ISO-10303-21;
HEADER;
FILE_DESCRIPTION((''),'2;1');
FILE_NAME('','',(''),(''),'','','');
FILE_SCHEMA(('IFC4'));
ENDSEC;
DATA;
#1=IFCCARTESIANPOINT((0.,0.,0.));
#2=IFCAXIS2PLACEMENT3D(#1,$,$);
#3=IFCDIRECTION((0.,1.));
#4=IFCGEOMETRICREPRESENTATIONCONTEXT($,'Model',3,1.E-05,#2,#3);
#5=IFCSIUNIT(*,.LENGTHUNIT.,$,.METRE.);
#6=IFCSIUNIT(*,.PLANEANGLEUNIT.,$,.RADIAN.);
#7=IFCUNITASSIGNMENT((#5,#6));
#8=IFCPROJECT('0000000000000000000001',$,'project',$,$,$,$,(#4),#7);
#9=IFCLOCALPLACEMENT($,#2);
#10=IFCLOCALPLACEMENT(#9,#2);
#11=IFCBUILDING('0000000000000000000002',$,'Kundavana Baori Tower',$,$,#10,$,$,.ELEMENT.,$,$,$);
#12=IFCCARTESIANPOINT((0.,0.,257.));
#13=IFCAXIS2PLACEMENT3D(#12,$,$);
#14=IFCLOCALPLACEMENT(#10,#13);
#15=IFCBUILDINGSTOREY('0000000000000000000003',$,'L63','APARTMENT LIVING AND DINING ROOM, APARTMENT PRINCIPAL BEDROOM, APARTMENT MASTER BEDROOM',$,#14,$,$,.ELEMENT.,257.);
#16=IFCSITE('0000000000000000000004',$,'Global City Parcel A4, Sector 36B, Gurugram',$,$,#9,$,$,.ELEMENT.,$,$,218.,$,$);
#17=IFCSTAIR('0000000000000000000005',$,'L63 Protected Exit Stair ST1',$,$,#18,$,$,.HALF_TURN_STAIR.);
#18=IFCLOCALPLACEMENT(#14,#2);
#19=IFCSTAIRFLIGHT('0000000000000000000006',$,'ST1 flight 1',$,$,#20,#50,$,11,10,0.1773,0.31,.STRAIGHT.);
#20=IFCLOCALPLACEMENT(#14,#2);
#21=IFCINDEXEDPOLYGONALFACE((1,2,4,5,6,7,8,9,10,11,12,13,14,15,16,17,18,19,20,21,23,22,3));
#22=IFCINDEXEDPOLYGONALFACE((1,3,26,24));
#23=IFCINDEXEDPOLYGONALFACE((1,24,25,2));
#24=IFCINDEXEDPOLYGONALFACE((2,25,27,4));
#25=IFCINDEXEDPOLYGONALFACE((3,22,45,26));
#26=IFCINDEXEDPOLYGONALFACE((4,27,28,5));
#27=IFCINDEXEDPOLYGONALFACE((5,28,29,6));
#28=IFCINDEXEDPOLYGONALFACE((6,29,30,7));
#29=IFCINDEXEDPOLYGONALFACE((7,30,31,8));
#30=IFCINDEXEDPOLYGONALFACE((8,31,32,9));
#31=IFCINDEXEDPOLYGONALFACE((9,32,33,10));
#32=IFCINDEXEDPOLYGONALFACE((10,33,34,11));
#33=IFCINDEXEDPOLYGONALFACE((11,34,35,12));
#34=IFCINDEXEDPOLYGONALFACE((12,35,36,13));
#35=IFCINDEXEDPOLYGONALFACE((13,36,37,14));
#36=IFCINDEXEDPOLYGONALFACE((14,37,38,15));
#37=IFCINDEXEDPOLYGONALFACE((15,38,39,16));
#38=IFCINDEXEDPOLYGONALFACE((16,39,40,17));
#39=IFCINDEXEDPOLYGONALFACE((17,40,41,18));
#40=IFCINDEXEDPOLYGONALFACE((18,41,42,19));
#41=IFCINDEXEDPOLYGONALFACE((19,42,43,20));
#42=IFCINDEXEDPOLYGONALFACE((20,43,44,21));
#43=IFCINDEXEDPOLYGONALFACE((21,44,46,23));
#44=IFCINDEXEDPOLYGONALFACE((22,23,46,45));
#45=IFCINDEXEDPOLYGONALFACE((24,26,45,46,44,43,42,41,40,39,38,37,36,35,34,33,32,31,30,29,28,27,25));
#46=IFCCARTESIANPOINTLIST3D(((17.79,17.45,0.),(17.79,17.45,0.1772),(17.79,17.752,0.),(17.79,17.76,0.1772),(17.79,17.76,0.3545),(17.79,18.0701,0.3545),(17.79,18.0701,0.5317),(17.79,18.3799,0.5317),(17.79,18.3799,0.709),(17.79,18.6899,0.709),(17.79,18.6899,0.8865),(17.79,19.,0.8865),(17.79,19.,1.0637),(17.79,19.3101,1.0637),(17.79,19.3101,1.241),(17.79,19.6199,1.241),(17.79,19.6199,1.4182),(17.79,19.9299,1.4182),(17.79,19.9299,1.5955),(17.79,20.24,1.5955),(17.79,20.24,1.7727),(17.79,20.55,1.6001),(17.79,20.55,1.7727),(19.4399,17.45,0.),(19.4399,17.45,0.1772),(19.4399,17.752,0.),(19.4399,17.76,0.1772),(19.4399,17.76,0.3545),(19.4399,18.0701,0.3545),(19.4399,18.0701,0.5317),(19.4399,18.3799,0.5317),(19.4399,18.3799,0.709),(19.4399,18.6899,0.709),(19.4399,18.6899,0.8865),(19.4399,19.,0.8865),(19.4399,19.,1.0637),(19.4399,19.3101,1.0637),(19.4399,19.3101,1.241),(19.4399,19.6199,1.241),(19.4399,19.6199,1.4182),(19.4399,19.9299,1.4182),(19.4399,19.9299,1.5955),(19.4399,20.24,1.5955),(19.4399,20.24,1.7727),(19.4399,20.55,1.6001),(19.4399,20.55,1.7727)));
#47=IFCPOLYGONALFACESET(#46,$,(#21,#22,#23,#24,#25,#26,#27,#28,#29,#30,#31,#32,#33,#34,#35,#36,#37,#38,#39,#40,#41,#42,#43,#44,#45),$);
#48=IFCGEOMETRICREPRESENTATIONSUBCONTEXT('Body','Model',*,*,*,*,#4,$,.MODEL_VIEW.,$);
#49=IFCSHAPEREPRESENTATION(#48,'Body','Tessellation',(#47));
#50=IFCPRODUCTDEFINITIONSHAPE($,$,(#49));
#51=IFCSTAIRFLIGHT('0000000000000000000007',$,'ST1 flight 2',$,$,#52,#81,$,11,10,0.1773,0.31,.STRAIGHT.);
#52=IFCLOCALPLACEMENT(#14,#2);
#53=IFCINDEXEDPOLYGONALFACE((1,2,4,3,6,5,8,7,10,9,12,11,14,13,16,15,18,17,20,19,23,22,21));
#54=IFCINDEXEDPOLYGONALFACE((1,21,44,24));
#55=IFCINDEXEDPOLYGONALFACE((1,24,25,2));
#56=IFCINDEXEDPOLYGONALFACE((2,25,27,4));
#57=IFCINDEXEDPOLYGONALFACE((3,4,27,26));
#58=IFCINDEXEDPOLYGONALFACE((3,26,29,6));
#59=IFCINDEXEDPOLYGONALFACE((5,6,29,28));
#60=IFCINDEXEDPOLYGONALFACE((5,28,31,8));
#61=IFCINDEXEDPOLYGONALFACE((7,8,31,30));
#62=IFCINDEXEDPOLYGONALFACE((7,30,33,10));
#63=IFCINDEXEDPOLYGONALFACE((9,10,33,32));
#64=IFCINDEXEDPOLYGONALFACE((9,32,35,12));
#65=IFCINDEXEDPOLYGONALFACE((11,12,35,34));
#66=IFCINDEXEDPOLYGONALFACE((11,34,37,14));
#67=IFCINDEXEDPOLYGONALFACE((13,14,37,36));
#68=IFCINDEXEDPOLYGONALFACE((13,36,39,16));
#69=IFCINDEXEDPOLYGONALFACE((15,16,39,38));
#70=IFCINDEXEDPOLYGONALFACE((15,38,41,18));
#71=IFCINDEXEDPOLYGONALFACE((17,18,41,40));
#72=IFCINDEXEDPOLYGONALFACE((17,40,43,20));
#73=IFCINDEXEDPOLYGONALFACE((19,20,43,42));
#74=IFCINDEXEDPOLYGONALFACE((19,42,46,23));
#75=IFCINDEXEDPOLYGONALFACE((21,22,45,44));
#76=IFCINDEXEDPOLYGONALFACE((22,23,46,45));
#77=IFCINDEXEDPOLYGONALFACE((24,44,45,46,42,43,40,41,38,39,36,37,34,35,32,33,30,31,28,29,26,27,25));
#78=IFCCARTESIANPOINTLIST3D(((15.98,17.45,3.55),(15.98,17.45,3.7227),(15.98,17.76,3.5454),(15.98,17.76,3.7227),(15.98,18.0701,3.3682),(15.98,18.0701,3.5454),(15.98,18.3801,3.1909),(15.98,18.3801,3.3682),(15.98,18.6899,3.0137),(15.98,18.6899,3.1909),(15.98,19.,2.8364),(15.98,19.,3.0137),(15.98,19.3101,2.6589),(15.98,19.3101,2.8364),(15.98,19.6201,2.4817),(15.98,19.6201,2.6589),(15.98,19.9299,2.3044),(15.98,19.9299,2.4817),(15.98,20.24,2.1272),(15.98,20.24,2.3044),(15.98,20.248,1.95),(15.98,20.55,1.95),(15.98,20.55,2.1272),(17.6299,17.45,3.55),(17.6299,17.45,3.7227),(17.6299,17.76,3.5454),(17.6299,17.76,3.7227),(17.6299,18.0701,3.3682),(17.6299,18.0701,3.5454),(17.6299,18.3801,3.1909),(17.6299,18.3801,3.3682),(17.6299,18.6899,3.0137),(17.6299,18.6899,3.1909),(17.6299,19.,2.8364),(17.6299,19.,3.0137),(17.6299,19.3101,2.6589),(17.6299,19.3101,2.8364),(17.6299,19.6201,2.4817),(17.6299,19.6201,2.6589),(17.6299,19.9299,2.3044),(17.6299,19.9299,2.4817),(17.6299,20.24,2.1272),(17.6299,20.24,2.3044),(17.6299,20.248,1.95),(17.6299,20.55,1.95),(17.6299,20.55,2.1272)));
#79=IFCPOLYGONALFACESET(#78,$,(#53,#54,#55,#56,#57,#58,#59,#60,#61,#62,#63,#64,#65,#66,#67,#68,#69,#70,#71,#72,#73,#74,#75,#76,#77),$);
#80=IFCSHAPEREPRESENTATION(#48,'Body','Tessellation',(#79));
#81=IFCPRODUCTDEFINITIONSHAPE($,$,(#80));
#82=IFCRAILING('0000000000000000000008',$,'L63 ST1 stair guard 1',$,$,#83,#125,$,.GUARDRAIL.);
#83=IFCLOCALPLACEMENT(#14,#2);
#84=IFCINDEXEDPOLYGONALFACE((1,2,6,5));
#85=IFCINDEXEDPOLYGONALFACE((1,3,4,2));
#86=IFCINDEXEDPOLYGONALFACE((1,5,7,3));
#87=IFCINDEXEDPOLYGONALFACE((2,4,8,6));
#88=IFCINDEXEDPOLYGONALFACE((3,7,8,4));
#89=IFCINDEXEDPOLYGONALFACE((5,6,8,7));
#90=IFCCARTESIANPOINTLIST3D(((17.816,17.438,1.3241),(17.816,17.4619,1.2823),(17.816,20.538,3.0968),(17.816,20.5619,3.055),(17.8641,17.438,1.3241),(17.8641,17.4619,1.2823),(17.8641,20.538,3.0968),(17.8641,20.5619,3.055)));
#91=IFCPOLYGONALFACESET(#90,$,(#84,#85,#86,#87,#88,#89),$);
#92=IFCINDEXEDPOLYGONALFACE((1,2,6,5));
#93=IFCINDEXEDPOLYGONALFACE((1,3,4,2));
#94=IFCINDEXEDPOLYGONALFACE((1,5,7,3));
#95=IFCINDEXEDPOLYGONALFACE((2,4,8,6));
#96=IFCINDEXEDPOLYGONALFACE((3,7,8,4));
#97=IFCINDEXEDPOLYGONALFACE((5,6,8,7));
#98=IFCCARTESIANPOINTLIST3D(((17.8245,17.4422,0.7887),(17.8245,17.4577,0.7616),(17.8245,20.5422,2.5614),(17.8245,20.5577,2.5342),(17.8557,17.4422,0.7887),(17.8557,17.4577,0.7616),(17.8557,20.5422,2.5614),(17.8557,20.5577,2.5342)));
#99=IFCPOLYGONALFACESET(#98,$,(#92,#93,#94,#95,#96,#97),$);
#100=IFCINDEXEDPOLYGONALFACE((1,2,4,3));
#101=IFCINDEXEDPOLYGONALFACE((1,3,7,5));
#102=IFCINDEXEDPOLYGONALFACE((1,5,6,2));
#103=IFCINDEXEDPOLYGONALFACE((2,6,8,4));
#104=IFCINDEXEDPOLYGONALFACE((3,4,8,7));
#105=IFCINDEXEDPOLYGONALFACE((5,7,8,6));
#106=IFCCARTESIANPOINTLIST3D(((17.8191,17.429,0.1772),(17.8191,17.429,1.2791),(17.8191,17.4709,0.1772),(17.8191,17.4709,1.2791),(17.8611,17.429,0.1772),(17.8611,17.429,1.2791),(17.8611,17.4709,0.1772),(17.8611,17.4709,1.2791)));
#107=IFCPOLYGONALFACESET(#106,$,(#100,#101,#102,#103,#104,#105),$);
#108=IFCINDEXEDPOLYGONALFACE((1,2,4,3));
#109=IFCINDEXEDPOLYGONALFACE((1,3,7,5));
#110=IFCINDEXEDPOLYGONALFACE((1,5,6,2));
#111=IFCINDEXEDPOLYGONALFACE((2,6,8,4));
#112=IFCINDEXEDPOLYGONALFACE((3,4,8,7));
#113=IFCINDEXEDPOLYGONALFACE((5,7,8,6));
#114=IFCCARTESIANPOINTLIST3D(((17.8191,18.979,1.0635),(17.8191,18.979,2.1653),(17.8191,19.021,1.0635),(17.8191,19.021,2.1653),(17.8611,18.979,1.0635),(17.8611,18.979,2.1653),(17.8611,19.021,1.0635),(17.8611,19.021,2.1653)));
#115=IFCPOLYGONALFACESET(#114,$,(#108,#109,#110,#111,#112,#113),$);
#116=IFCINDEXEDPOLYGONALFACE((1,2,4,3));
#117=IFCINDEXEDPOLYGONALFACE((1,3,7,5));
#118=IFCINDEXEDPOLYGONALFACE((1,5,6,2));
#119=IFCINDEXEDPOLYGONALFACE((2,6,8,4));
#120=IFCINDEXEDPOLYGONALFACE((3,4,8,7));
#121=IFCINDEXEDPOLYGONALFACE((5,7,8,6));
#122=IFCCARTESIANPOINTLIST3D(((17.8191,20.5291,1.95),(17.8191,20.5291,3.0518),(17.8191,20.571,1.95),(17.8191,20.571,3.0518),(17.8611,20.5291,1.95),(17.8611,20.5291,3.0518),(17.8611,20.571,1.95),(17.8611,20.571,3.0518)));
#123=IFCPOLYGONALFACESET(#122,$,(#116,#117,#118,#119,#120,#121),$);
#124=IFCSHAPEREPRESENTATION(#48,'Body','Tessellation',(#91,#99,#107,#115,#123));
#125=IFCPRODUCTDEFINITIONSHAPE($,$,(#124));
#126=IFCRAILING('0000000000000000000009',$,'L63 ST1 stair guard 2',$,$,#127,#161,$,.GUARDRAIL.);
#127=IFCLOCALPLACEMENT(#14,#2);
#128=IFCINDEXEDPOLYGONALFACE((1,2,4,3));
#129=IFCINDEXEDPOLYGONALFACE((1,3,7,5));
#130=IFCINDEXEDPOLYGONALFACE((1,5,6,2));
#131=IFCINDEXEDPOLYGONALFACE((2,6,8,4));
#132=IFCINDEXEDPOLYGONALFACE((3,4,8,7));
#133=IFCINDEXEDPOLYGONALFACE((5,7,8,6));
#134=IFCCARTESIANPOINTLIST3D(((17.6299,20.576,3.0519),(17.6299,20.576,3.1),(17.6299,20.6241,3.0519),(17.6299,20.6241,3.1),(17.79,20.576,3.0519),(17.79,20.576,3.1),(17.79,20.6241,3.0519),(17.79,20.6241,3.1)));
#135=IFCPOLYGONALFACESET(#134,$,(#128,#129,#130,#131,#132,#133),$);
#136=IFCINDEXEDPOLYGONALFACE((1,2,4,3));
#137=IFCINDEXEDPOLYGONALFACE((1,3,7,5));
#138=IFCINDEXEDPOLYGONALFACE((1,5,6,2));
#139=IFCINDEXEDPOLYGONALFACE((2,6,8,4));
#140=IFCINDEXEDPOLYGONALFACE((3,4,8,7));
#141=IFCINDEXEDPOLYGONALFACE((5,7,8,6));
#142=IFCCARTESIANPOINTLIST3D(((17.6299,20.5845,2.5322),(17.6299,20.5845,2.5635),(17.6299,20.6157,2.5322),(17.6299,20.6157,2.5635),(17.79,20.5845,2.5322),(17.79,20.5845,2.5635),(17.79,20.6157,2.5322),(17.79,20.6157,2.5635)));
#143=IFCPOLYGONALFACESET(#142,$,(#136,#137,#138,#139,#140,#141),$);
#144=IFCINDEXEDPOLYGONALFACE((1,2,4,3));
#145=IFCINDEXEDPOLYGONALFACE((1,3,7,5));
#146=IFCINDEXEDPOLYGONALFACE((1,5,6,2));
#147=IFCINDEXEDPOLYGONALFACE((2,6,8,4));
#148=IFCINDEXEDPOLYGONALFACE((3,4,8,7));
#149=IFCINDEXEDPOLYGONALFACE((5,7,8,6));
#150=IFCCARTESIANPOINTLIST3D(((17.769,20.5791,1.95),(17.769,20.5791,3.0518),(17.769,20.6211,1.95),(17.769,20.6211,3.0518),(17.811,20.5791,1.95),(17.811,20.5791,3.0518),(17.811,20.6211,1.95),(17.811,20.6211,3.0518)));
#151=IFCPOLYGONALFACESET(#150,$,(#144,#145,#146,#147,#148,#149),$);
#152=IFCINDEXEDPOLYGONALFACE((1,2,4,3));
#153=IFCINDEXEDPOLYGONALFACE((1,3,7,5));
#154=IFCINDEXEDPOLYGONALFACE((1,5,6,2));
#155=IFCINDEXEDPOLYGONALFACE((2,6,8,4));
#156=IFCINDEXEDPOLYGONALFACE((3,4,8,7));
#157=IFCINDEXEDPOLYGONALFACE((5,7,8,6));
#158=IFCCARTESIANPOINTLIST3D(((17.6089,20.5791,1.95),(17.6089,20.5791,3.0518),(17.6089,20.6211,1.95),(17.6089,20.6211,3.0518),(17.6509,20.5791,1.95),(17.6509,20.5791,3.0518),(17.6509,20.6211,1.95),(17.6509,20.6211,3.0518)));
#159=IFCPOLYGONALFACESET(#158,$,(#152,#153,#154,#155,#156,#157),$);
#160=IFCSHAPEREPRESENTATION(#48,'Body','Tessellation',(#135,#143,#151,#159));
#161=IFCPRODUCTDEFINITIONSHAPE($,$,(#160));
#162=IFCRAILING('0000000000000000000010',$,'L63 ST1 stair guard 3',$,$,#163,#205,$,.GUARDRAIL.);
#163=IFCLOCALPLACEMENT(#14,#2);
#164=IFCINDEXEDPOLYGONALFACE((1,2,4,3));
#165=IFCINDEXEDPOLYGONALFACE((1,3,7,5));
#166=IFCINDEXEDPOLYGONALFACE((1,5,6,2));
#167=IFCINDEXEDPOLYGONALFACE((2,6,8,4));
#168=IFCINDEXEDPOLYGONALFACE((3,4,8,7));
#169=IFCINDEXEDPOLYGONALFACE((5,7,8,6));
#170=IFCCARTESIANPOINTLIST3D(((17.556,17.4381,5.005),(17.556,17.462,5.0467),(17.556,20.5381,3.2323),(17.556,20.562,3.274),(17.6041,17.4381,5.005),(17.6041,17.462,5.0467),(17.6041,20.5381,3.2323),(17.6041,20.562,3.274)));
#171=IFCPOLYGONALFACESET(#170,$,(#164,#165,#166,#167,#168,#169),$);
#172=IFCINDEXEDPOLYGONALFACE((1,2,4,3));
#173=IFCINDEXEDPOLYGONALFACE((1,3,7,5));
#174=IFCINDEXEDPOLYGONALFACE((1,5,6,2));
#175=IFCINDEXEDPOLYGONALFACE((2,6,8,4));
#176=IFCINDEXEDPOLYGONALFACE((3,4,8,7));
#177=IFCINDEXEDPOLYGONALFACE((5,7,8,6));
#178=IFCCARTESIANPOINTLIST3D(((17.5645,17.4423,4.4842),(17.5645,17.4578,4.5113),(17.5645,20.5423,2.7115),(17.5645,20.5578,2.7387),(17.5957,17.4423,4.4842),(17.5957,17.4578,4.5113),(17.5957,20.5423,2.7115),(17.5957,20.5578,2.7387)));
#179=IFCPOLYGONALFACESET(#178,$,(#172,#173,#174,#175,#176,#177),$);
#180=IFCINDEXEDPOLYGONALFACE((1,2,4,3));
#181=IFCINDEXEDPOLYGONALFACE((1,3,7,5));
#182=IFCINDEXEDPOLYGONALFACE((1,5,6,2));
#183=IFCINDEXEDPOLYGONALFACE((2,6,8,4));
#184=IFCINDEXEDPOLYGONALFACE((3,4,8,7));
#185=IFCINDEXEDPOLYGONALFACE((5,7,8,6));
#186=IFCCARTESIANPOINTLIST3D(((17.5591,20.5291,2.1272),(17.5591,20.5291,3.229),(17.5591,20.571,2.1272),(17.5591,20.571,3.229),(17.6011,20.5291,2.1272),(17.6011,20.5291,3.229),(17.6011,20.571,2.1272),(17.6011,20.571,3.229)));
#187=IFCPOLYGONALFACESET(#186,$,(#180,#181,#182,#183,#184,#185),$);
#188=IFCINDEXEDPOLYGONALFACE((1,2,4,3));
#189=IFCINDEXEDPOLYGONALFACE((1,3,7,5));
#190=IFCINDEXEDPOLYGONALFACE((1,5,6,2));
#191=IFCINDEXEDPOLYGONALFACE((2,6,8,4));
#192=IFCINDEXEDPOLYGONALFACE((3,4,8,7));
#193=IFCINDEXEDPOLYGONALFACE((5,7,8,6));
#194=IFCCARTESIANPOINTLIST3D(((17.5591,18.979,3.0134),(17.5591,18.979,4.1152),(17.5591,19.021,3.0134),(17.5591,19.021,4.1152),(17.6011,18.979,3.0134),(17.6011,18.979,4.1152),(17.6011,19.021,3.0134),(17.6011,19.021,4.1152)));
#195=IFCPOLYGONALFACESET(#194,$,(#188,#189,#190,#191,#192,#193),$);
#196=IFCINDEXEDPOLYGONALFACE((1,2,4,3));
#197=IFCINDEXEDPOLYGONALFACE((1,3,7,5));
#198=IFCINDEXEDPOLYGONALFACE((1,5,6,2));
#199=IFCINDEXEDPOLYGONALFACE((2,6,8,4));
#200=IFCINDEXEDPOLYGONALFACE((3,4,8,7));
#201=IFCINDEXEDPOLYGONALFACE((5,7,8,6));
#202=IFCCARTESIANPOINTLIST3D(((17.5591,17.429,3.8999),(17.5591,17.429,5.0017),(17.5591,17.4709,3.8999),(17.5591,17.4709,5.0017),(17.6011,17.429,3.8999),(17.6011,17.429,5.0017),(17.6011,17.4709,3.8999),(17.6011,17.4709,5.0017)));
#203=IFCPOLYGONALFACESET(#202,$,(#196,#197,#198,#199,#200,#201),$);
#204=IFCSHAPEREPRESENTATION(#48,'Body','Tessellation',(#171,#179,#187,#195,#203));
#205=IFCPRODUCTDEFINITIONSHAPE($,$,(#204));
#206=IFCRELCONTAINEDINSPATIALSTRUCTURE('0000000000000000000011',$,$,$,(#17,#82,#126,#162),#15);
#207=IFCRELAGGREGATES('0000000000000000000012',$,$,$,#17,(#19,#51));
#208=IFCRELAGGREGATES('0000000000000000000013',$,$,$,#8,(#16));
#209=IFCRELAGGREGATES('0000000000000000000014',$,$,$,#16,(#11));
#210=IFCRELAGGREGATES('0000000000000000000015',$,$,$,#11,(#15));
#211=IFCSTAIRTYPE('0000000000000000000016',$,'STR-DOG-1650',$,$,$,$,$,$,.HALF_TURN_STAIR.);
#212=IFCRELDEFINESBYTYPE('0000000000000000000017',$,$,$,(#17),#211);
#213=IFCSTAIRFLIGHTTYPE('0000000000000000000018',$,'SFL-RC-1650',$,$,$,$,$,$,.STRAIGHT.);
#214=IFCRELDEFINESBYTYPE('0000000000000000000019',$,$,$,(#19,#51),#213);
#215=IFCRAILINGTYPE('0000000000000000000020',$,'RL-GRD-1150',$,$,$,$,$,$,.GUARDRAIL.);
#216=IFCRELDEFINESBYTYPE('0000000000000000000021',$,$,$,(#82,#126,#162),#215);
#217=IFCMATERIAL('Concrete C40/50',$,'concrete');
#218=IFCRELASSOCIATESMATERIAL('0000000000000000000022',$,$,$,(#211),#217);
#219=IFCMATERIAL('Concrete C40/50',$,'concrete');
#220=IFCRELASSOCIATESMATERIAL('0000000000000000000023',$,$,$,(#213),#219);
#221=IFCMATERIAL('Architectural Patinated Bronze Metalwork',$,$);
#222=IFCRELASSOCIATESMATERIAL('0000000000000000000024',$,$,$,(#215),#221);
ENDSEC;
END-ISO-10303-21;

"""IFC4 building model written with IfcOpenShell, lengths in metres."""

from ifc_helpers import new_model, si_unit, direction, frame, origin, origin_2d, place, context, subcontext, project, spatial, polyline, rectangle, outline, extrude, material, type_object, element, aggregate, save


model = new_model("IFC4")

# Units and contexts
model_context = context("Model", 3, precision=1e-05, world=origin(), true_north=direction((0.0, 1.0)))
body_context = subcontext(model_context, "Body", "Model", "MODEL_VIEW")
ifc_project = project(units=[si_unit("LENGTHUNIT", "METRE"), si_unit("PLANEANGLEUNIT", "RADIAN")], contexts=[model_context])

# Site, building, storey
site_placement = place(None, origin())
site = spatial("IfcSite", under=ifc_project, at=site_placement, Name="Global City Parcel A4, Sector 36B, Gurugram", CompositionType="ELEMENT", RefElevation=218.0)
building_placement = place(site_placement, origin())
building = spatial("IfcBuilding", under=site, at=building_placement, Name="Kundavana Baori Tower", CompositionType="ELEMENT")
storey_placement = place(building_placement, frame((0.0, 0.0, 257.0)))
storey = spatial("IfcBuildingStorey", under=building, at=storey_placement, Name="L63", Description="APARTMENT LIVING AND DINING ROOM, APARTMENT PRINCIPAL BEDROOM, APARTMENT MASTER BEDROOM", CompositionType="ELEMENT", Elevation=257.0)

# Stair, stair flights
ifc_material_1 = material(Name="Concrete C40/50", Category="concrete")
stair_type = type_object("IfcStairType", Name="STR-DOG-1650", PredefinedType="HALF_TURN_STAIR", material=ifc_material_1)
stair_placement = place(storey_placement, origin())
stair = element("IfcStair", 1, at=stair_placement, inside=storey, type_object=stair_type, Name="L63 Protected Exit Stair ST1", PredefinedType="HALF_TURN_STAIR")
ifc_material_2 = material(Name="Concrete C40/50", Category="concrete")
stair_flight_type = type_object("IfcStairFlightType", Name="SFL-RC-1650", PredefinedType="STRAIGHT", material=ifc_material_2)
stair_flight_1_placement = place(storey_placement, frame((18.615, 17.45, 0.0), z_axis=(0.0, 0.0, 1.0), x_axis=(0.0, 1.0, 0.0)))
stair_flight_1 = element("IfcStairFlight", 2, at=stair_flight_1_placement, type_object=stair_flight_type, Name="ST1 flight 1", NumberOfRisers=11, NumberOfTreads=10, PredefinedType="STRAIGHT", RiserHeight=0.1773, TreadLength=0.31, context=body_context, shape_type="SweptSolid", body=[
    extrude(outline(polyline([(0.0, 0.0), (0.0, 0.1772), (0.3101, 0.1772), (0.3101, 0.3545), (0.6201, 0.3545), (0.6201, 0.5317), (0.9299, 0.5317), (0.9299, 0.709), (1.24, 0.709), (1.24, 0.8865), (1.55, 0.8865), (1.55, 1.0637), (1.8601, 1.0637), (1.8601, 1.241), (2.1699, 1.241), (2.1699, 1.4182), (2.48, 1.4182), (2.48, 1.5955), (2.79, 1.5955), (2.79, 1.7727), (3.1001, 1.7727), (3.1001, 1.95), (3.1001, 1.6001), (0.302, 0.0), (0.0, 0.0)])), frame((0.0, 0.825, 0.0), z_axis=(0.0, -1.0, 0.0), x_axis=(1.0, 0.0, 0.0)), (0.0, 0.0, 1.0), 1.6499),
])
stair_flight_2_placement = place(storey_placement, frame((16.8049, 20.55, 1.95), z_axis=(0.0, 0.0, 1.0), x_axis=(0.0, -1.0, 0.0)))
stair_flight_2 = element("IfcStairFlight", 3, at=stair_flight_2_placement, type_object=stair_flight_type, Name="ST1 flight 2", NumberOfRisers=11, NumberOfTreads=10, PredefinedType="STRAIGHT", RiserHeight=0.1773, TreadLength=0.31, context=body_context, shape_type="SweptSolid", body=[
    extrude(outline(polyline([(0.0, 0.0), (0.0, 0.1772), (0.3101, 0.1772), (0.3101, 0.3545), (0.6201, 0.3545), (0.6201, 0.5317), (0.9299, 0.5317), (0.9299, 0.709), (1.24, 0.709), (1.24, 0.8865), (1.55, 0.8865), (1.55, 1.0637), (1.8601, 1.0637), (1.8601, 1.241), (2.1699, 1.241), (2.1699, 1.4182), (2.48, 1.4182), (2.48, 1.5955), (2.79, 1.5955), (2.79, 1.7727), (3.1001, 1.7727), (3.1001, 1.95), (3.1001, 1.6001), (0.302, 0.0), (0.0, 0.0)])), frame((0.0, 0.825, 0.0), z_axis=(0.0, -1.0, 0.0), x_axis=(1.0, 0.0, 0.0)), (0.0, 0.0, 1.0), 1.6499),
])
aggregate(stair, [stair_flight_1, stair_flight_2])

# Railings
ifc_material_3 = material(Name="Architectural Patinated Bronze Metalwork")
railing_type_1 = type_object("IfcRailingType", Name="RL-GRD-1150", PredefinedType="GUARDRAIL", material=ifc_material_3)
railing_1_placement = place(storey_placement, frame((17.8401, 17.45, 0.1772)))
element("IfcRailing", 4, at=railing_1_placement, inside=storey, type_object=railing_type_1, Name="L63 ST1 stair guard 1", PredefinedType="GUARDRAIL", context=body_context, shape_type="SweptSolid", body=[
    extrude(rectangle(XDim=0.0481, YDim=0.0481, at=origin_2d()), frame((0.0, 0.0, 1.126), z_axis=(0.0, 0.868096, 0.496397), x_axis=(-1.0, 0.0, 0.0)), (0.0, 0.0, 1.0), 3.571),
    extrude(rectangle(XDim=0.0312, YDim=0.0312, at=origin_2d()), frame((0.0, 0.0, 0.5979), z_axis=(0.0, 0.868096, 0.496397), x_axis=(-1.0, 0.0, 0.0)), (0.0, 0.0, 1.0), 3.571),
    extrude(rectangle(XDim=0.042, YDim=0.042, at=origin_2d()), origin(), (0.0, 0.0, 1.0), 1.1018),
    extrude(rectangle(XDim=0.042, YDim=0.042, at=origin_2d()), frame((0.0, 1.55, 0.8862)), (0.0, 0.0, 1.0), 1.1018),
    extrude(rectangle(XDim=0.042, YDim=0.042, at=origin_2d()), frame((0.0, 3.1001, 1.7727)), (0.0, 0.0, 1.0), 1.1018),
])
railing_2_placement = place(storey_placement, frame((17.79, 20.6001, 1.95)))
element("IfcRailing", 5, at=railing_2_placement, inside=storey, type_object=railing_type_1, Name="L63 ST1 stair guard 2", PredefinedType="GUARDRAIL", context=body_context, shape_type="SweptSolid", body=[
    extrude(rectangle(XDim=0.0481, YDim=0.0481, at=origin_2d()), frame((0.0, 0.0, 1.126), z_axis=(-1.0, 0.0, 0.0), x_axis=(0.0, -1.0, 0.0)), (0.0, 0.0, 1.0), 0.1602),
    extrude(rectangle(XDim=0.0312, YDim=0.0312, at=origin_2d()), frame((0.0, 0.0, 0.5979), z_axis=(-1.0, 0.0, 0.0), x_axis=(0.0, -1.0, 0.0)), (0.0, 0.0, 1.0), 0.1602),
    extrude(rectangle(XDim=0.042, YDim=0.042, at=origin_2d()), origin(), (0.0, 0.0, 1.0), 1.1018),
    extrude(rectangle(XDim=0.042, YDim=0.042, at=origin_2d()), frame((-0.1602, 0.0, 0.0)), (0.0, 0.0, 1.0), 1.1018),
])
railing_3_placement = place(storey_placement, frame((17.5801, 20.55, 2.1272)))
element("IfcRailing", 6, at=railing_3_placement, inside=storey, type_object=railing_type_1, Name="L63 ST1 stair guard 3", PredefinedType="GUARDRAIL", context=body_context, shape_type="SweptSolid", body=[
    extrude(rectangle(XDim=0.0481, YDim=0.0481, at=origin_2d()), frame((0.0, 0.0, 1.126), z_axis=(0.0, -0.868096, 0.496397), x_axis=(1.0, 0.0, 0.0)), (0.0, 0.0, 1.0), 3.571),
    extrude(rectangle(XDim=0.0312, YDim=0.0312, at=origin_2d()), frame((0.0, 0.0, 0.5979), z_axis=(0.0, -0.868096, 0.496397), x_axis=(1.0, 0.0, 0.0)), (0.0, 0.0, 1.0), 3.571),
    extrude(rectangle(XDim=0.042, YDim=0.042, at=origin_2d()), origin(), (0.0, 0.0, 1.0), 1.1018),
    extrude(rectangle(XDim=0.042, YDim=0.042, at=origin_2d()), frame((0.0, -1.55, 0.8862)), (0.0, 0.0, 1.0), 1.1018),
    extrude(rectangle(XDim=0.042, YDim=0.042, at=origin_2d()), frame((0.0, -3.1001, 1.7727)), (0.0, 0.0, 1.0), 1.1018),
])

save(model, "model.ifc")
